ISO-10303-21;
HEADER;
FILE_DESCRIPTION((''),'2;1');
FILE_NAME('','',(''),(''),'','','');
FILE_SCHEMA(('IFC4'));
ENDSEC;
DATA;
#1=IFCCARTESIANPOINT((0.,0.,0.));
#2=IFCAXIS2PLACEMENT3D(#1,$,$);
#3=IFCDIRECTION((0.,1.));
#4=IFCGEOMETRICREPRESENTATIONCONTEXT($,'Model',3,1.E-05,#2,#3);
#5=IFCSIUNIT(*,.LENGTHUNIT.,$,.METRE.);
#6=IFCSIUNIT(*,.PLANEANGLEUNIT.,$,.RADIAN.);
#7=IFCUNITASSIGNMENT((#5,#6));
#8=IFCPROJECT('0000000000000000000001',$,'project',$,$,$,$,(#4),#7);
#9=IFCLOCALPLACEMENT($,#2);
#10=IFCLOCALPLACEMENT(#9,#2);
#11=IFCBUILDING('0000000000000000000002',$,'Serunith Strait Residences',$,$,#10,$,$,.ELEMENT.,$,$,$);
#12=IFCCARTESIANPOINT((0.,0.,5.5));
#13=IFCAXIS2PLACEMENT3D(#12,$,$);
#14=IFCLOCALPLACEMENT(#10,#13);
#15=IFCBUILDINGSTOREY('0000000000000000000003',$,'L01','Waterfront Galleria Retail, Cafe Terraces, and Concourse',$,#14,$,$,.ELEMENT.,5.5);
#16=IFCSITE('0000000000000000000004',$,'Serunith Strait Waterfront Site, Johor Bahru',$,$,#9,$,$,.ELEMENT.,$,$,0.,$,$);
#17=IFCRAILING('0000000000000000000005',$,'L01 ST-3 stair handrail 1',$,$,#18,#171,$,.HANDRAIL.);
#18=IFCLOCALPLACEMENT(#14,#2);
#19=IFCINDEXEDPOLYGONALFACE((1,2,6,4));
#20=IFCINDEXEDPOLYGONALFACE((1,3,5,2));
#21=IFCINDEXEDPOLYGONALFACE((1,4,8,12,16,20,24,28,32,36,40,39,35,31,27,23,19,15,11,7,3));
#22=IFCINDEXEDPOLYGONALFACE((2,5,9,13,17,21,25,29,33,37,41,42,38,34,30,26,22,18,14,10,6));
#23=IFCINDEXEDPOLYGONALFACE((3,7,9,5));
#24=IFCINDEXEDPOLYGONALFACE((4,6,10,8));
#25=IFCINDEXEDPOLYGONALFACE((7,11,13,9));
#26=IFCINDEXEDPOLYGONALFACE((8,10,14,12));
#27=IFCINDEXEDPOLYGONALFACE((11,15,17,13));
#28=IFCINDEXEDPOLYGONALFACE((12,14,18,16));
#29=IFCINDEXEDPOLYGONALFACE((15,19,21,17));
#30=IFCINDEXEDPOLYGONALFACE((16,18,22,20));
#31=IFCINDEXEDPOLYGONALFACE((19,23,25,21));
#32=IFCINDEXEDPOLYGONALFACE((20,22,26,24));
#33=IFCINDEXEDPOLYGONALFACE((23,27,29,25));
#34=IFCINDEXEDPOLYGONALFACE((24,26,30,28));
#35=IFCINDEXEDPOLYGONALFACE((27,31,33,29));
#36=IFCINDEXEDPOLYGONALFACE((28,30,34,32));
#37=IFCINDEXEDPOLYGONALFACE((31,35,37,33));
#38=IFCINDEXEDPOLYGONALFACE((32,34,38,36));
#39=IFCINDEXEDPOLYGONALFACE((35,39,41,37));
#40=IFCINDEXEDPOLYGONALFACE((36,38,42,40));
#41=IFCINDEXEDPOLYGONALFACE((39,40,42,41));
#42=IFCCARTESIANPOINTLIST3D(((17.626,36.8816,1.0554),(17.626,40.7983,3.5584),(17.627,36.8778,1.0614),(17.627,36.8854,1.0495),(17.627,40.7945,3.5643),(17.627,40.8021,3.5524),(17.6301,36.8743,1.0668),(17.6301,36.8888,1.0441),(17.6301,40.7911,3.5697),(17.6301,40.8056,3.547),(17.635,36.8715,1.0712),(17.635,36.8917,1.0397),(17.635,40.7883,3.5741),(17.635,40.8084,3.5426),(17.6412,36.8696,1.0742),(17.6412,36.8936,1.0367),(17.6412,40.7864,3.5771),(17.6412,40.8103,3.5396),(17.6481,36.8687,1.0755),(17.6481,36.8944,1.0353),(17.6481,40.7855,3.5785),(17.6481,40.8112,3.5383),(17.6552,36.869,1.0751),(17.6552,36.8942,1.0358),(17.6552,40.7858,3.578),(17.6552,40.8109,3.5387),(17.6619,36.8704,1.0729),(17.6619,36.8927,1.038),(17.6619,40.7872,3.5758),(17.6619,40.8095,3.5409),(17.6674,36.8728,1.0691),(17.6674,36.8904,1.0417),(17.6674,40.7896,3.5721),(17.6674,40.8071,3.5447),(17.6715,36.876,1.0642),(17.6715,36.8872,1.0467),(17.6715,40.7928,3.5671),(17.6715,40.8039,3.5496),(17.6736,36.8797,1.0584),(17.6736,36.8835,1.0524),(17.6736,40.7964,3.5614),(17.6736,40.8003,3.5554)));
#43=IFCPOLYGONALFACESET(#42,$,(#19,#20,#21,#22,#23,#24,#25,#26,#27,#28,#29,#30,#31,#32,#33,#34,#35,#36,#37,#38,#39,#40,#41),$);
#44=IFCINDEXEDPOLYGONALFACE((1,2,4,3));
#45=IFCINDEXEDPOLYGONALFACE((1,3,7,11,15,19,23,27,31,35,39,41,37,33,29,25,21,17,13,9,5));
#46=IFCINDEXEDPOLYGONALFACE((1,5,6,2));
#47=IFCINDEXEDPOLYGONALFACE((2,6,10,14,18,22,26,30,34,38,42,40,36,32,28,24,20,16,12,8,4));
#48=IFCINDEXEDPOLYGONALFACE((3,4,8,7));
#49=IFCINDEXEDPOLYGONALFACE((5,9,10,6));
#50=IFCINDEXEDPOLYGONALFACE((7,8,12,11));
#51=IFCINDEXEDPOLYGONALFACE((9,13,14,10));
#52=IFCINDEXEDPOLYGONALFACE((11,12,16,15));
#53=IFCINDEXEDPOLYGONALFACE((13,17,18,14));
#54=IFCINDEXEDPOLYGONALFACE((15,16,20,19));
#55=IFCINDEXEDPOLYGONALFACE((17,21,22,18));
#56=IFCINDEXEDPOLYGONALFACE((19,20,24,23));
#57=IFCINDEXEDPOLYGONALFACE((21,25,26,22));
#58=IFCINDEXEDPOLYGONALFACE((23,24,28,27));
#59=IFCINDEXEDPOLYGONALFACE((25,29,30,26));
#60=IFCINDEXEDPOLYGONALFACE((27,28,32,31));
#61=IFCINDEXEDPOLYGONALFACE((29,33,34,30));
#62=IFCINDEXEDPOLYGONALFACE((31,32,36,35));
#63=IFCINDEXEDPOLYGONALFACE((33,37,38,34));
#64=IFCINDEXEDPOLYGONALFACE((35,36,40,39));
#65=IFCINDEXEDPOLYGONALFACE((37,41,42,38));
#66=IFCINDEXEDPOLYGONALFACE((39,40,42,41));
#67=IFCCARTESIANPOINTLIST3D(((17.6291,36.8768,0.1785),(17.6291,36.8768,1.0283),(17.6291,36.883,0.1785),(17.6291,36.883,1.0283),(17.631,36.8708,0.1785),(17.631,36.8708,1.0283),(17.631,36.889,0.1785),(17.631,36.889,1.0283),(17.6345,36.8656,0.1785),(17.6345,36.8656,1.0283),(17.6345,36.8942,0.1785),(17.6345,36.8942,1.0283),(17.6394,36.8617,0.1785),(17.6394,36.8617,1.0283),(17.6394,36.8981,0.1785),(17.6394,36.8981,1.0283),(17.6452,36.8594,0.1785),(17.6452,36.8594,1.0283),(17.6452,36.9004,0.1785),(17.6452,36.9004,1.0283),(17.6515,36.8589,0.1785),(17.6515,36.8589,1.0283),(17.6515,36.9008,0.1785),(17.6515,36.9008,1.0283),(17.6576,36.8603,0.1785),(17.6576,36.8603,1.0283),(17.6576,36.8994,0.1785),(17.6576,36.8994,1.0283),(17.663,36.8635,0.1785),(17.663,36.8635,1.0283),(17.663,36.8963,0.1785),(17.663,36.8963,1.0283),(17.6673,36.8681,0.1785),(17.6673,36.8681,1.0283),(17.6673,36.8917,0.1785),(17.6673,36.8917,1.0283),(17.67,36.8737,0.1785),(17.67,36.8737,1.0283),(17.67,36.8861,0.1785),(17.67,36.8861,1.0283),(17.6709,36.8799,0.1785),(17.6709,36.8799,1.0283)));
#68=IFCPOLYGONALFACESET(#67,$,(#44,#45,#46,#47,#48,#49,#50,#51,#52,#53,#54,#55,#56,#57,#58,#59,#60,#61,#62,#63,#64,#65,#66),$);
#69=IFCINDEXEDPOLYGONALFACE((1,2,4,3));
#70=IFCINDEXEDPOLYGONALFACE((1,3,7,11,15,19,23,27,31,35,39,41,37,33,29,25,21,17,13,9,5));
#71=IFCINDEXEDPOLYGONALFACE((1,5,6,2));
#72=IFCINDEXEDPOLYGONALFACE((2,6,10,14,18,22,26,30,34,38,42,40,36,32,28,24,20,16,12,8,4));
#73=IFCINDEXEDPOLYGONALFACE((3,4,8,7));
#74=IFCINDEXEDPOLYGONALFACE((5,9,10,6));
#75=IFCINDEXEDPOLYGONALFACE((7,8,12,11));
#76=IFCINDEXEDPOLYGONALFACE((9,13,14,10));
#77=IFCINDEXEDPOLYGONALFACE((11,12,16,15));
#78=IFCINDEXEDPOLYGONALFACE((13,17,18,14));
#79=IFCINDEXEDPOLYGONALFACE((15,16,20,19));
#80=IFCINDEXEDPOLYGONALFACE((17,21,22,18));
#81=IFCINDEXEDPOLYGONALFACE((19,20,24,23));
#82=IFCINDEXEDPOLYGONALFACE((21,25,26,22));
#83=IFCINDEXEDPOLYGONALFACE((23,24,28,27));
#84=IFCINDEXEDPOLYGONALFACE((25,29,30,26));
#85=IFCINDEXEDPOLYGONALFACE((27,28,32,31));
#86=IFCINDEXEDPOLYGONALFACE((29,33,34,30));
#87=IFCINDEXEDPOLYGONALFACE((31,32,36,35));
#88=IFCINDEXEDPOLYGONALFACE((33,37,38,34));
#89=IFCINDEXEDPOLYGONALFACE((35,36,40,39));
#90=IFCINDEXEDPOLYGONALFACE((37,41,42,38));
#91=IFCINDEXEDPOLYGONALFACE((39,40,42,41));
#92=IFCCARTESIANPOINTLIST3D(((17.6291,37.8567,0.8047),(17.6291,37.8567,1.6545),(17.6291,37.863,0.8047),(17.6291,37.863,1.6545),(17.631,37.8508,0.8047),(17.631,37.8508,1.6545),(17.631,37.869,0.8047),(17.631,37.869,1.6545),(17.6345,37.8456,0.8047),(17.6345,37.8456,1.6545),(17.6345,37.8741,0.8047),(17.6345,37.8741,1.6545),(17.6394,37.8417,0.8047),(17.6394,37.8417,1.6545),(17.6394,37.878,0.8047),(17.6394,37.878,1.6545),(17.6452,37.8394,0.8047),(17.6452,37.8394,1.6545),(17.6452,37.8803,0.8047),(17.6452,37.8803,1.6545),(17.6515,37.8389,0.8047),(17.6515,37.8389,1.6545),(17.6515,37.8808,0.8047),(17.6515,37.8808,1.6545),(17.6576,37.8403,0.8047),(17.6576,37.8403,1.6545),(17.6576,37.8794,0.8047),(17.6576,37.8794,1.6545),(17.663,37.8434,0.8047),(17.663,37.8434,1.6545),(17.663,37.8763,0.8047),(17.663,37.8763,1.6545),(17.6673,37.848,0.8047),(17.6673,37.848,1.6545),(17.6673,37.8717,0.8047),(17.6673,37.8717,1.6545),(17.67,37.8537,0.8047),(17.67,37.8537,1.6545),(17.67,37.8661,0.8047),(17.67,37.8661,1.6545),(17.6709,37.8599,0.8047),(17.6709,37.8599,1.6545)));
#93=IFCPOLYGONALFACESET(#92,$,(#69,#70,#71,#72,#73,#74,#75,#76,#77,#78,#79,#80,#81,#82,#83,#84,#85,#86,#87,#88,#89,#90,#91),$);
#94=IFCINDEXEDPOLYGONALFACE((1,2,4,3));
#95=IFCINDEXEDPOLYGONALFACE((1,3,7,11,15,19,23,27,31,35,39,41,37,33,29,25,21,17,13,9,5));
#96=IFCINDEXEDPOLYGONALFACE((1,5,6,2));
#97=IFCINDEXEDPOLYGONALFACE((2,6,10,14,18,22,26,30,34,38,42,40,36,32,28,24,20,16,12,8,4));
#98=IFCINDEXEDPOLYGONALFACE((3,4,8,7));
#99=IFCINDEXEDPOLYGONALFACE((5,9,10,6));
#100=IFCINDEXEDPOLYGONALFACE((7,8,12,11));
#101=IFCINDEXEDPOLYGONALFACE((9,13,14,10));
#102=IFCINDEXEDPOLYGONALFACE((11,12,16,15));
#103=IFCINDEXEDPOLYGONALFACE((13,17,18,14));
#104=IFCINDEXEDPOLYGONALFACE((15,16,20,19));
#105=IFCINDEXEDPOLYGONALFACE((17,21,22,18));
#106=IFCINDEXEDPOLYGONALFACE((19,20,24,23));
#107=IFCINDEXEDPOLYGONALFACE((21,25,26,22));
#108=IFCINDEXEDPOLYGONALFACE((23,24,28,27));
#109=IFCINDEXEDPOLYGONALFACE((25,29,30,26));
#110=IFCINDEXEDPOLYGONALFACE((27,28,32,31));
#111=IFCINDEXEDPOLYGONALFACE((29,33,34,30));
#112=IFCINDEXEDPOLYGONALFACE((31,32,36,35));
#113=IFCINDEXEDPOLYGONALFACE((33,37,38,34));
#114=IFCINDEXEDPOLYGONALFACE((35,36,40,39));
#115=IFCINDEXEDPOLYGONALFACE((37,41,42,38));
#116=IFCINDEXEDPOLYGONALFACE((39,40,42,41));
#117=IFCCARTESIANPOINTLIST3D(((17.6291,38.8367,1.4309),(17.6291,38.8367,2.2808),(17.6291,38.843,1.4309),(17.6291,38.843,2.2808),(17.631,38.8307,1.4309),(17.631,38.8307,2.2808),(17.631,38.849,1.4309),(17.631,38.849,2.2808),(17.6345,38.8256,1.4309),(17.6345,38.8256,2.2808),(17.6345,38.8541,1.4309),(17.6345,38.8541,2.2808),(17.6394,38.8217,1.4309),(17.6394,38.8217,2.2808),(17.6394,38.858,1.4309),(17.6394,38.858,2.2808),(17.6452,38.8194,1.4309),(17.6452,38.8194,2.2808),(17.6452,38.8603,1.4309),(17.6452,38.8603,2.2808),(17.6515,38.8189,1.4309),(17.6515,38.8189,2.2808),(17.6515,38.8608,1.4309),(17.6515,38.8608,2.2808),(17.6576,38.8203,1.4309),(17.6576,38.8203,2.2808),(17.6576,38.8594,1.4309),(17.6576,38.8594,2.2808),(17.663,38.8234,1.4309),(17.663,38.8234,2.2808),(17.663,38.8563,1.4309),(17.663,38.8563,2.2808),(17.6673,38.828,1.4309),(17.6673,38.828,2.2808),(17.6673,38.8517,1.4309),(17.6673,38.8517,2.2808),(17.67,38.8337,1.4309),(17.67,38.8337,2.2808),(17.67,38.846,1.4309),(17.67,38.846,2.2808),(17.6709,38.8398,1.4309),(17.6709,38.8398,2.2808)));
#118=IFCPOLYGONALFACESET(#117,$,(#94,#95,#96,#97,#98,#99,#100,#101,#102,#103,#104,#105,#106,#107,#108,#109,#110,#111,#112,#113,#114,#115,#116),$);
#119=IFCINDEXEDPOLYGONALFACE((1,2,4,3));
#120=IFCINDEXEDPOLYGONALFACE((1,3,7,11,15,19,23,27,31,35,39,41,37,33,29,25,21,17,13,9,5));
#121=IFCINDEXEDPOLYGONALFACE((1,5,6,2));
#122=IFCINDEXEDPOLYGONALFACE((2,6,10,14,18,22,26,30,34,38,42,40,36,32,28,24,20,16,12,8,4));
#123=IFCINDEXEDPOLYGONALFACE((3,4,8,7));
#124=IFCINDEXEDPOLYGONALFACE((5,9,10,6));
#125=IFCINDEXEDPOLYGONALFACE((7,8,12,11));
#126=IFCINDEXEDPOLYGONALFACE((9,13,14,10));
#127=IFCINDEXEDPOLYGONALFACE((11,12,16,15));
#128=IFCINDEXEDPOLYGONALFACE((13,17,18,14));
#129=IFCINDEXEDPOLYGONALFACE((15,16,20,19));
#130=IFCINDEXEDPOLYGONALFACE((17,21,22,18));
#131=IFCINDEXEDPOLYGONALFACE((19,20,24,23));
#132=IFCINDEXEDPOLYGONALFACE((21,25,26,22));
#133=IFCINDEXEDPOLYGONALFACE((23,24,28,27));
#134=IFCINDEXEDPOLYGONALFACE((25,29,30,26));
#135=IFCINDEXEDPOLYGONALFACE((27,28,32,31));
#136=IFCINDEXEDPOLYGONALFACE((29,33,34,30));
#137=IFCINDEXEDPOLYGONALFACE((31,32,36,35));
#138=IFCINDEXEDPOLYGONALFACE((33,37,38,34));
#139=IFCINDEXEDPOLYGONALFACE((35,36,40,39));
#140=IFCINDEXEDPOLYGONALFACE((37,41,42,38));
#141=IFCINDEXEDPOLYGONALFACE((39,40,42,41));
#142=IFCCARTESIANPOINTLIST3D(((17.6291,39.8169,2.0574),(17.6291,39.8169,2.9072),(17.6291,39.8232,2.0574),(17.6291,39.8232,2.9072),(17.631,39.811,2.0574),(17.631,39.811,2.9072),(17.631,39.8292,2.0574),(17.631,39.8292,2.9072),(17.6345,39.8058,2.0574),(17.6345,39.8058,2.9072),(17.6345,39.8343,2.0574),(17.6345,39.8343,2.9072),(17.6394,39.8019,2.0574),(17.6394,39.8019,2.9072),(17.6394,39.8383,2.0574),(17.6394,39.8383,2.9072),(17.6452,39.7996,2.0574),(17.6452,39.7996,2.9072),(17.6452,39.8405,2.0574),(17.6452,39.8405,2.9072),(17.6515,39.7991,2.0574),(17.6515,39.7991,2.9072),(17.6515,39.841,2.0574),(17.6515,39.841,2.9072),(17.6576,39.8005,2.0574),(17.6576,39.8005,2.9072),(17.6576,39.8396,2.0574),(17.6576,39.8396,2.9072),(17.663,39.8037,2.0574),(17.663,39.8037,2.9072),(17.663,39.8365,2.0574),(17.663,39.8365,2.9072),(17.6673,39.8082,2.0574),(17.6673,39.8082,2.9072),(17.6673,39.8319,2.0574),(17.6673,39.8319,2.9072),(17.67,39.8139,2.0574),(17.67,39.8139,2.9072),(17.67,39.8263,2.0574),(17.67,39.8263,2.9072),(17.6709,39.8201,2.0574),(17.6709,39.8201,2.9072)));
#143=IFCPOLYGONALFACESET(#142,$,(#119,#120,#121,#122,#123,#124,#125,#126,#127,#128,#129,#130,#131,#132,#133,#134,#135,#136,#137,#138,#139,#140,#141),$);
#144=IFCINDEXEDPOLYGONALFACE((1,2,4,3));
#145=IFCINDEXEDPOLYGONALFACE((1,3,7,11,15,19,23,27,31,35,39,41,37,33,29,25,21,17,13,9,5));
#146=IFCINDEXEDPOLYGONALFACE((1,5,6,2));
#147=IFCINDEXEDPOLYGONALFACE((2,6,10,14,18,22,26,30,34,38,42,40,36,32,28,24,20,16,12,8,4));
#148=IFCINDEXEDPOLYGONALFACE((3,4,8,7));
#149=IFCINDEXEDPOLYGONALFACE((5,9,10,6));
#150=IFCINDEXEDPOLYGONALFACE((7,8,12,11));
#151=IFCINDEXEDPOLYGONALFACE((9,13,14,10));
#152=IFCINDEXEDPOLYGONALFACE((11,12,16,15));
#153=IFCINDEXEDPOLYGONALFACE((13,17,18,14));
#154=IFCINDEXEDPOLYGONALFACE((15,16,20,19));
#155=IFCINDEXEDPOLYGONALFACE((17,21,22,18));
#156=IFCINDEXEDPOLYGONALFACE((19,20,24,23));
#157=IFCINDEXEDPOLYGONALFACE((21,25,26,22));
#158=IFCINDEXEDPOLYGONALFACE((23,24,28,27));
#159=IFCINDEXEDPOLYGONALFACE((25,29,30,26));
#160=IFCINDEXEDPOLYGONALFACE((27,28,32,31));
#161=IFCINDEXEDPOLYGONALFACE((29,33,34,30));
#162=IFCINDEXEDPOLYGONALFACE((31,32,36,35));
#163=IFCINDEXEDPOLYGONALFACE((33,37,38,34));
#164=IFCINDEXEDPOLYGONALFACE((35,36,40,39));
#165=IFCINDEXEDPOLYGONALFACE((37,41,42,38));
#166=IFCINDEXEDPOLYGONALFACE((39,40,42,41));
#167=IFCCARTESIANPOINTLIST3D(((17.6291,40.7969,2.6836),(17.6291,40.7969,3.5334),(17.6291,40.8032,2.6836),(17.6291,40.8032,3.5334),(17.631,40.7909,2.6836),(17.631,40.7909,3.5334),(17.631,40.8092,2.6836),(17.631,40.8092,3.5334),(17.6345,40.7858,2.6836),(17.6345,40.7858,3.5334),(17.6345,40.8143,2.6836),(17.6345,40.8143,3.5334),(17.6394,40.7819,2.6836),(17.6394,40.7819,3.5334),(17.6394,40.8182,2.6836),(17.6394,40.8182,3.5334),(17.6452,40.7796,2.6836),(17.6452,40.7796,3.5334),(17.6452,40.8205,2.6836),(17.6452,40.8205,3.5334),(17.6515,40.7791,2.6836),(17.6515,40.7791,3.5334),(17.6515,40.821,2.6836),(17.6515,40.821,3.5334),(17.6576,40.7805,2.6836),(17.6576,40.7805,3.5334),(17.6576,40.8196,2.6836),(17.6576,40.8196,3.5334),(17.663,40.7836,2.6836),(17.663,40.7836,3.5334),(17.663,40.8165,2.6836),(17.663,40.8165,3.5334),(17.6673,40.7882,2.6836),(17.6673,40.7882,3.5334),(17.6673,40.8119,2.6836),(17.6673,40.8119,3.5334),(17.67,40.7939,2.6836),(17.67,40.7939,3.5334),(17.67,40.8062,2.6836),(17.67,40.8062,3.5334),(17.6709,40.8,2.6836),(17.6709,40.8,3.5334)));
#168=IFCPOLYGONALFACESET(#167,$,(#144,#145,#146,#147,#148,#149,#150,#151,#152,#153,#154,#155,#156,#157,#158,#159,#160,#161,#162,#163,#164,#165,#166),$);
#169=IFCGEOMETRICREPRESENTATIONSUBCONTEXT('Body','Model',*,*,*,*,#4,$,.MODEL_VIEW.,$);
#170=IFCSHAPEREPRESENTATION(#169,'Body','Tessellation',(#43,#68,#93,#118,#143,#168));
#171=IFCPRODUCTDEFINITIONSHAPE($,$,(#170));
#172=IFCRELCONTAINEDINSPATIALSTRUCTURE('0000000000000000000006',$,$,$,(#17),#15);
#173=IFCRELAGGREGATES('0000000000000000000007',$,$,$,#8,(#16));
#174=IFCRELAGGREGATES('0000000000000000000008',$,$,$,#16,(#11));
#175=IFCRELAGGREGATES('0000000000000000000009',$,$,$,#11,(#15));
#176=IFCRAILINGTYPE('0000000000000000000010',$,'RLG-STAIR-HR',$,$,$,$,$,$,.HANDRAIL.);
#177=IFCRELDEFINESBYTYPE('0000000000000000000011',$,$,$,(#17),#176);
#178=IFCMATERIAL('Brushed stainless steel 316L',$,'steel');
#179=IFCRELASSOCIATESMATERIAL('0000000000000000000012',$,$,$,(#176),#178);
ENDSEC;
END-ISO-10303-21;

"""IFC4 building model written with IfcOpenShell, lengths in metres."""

from ifc_helpers import new_model, si_unit, direction, frame, origin, origin_2d, place, context, subcontext, project, spatial, circle, extrude, material, type_object, element, save


model = new_model("IFC4")

# Units and contexts
model_context = context("Model", 3, precision=1e-05, world=origin(), true_north=direction((0.0, 1.0)))
body_context = subcontext(model_context, "Body", "Model", "MODEL_VIEW")
ifc_project = project(units=[si_unit("LENGTHUNIT", "METRE"), si_unit("PLANEANGLEUNIT", "RADIAN")], contexts=[model_context])

# Site, building, storey
site_placement = place(None, origin())
site = spatial("IfcSite", under=ifc_project, at=site_placement, Name="Serunith Strait Waterfront Site, Johor Bahru", CompositionType="ELEMENT", RefElevation=0.0)
building_placement = place(site_placement, origin())
building = spatial("IfcBuilding", under=site, at=building_placement, Name="Serunith Strait Residences", CompositionType="ELEMENT")
storey_placement = place(building_placement, frame((0.0, 0.0, 5.5)))
storey = spatial("IfcBuildingStorey", under=building, at=storey_placement, Name="L01", Description="Waterfront Galleria Retail, Cafe Terraces, and Concourse", CompositionType="ELEMENT", Elevation=5.5)

# Railing
ifc_material_1 = material(Name="Brushed stainless steel 316L", Category="steel")
railing_type_1 = type_object("IfcRailingType", Name="RLG-STAIR-HR", PredefinedType="HANDRAIL", material=ifc_material_1)
railing_1_placement = place(storey_placement, frame((17.6499, 36.8799, 0.1785)))
element("IfcRailing", 1, at=railing_1_placement, inside=storey, type_object=railing_type_1, Name="L01 ST-3 stair handrail 1", PredefinedType="HANDRAIL", context=body_context, shape_type="SweptSolid", body=[
    extrude(circle(Radius=0.0239, at=origin_2d()), frame((0.0, 0.0017, 0.877), z_axis=(0.0, 0.84264, 0.538477), x_axis=(-1.0, 0.0, 0.0)), (0.0, 0.0, 1.0), 4.6482),
    extrude(circle(Radius=0.021, at=origin_2d()), origin(), (0.0, 0.0, 1.0), 0.8499),
    extrude(circle(Radius=0.021, at=origin_2d()), frame((0.0, 0.98, 0.6262)), (0.0, 0.0, 1.0), 0.8499),
    extrude(circle(Radius=0.021, at=origin_2d()), frame((0.0, 1.96, 1.2524)), (0.0, 0.0, 1.0), 0.8499),
    extrude(circle(Radius=0.021, at=origin_2d()), frame((0.0, 2.9402, 1.8789)), (0.0, 0.0, 1.0), 0.8499),
    extrude(circle(Radius=0.021, at=origin_2d()), frame((0.0, 3.9202, 2.5051)), (0.0, 0.0, 1.0), 0.8499),
])

save(model, "model.ifc")
